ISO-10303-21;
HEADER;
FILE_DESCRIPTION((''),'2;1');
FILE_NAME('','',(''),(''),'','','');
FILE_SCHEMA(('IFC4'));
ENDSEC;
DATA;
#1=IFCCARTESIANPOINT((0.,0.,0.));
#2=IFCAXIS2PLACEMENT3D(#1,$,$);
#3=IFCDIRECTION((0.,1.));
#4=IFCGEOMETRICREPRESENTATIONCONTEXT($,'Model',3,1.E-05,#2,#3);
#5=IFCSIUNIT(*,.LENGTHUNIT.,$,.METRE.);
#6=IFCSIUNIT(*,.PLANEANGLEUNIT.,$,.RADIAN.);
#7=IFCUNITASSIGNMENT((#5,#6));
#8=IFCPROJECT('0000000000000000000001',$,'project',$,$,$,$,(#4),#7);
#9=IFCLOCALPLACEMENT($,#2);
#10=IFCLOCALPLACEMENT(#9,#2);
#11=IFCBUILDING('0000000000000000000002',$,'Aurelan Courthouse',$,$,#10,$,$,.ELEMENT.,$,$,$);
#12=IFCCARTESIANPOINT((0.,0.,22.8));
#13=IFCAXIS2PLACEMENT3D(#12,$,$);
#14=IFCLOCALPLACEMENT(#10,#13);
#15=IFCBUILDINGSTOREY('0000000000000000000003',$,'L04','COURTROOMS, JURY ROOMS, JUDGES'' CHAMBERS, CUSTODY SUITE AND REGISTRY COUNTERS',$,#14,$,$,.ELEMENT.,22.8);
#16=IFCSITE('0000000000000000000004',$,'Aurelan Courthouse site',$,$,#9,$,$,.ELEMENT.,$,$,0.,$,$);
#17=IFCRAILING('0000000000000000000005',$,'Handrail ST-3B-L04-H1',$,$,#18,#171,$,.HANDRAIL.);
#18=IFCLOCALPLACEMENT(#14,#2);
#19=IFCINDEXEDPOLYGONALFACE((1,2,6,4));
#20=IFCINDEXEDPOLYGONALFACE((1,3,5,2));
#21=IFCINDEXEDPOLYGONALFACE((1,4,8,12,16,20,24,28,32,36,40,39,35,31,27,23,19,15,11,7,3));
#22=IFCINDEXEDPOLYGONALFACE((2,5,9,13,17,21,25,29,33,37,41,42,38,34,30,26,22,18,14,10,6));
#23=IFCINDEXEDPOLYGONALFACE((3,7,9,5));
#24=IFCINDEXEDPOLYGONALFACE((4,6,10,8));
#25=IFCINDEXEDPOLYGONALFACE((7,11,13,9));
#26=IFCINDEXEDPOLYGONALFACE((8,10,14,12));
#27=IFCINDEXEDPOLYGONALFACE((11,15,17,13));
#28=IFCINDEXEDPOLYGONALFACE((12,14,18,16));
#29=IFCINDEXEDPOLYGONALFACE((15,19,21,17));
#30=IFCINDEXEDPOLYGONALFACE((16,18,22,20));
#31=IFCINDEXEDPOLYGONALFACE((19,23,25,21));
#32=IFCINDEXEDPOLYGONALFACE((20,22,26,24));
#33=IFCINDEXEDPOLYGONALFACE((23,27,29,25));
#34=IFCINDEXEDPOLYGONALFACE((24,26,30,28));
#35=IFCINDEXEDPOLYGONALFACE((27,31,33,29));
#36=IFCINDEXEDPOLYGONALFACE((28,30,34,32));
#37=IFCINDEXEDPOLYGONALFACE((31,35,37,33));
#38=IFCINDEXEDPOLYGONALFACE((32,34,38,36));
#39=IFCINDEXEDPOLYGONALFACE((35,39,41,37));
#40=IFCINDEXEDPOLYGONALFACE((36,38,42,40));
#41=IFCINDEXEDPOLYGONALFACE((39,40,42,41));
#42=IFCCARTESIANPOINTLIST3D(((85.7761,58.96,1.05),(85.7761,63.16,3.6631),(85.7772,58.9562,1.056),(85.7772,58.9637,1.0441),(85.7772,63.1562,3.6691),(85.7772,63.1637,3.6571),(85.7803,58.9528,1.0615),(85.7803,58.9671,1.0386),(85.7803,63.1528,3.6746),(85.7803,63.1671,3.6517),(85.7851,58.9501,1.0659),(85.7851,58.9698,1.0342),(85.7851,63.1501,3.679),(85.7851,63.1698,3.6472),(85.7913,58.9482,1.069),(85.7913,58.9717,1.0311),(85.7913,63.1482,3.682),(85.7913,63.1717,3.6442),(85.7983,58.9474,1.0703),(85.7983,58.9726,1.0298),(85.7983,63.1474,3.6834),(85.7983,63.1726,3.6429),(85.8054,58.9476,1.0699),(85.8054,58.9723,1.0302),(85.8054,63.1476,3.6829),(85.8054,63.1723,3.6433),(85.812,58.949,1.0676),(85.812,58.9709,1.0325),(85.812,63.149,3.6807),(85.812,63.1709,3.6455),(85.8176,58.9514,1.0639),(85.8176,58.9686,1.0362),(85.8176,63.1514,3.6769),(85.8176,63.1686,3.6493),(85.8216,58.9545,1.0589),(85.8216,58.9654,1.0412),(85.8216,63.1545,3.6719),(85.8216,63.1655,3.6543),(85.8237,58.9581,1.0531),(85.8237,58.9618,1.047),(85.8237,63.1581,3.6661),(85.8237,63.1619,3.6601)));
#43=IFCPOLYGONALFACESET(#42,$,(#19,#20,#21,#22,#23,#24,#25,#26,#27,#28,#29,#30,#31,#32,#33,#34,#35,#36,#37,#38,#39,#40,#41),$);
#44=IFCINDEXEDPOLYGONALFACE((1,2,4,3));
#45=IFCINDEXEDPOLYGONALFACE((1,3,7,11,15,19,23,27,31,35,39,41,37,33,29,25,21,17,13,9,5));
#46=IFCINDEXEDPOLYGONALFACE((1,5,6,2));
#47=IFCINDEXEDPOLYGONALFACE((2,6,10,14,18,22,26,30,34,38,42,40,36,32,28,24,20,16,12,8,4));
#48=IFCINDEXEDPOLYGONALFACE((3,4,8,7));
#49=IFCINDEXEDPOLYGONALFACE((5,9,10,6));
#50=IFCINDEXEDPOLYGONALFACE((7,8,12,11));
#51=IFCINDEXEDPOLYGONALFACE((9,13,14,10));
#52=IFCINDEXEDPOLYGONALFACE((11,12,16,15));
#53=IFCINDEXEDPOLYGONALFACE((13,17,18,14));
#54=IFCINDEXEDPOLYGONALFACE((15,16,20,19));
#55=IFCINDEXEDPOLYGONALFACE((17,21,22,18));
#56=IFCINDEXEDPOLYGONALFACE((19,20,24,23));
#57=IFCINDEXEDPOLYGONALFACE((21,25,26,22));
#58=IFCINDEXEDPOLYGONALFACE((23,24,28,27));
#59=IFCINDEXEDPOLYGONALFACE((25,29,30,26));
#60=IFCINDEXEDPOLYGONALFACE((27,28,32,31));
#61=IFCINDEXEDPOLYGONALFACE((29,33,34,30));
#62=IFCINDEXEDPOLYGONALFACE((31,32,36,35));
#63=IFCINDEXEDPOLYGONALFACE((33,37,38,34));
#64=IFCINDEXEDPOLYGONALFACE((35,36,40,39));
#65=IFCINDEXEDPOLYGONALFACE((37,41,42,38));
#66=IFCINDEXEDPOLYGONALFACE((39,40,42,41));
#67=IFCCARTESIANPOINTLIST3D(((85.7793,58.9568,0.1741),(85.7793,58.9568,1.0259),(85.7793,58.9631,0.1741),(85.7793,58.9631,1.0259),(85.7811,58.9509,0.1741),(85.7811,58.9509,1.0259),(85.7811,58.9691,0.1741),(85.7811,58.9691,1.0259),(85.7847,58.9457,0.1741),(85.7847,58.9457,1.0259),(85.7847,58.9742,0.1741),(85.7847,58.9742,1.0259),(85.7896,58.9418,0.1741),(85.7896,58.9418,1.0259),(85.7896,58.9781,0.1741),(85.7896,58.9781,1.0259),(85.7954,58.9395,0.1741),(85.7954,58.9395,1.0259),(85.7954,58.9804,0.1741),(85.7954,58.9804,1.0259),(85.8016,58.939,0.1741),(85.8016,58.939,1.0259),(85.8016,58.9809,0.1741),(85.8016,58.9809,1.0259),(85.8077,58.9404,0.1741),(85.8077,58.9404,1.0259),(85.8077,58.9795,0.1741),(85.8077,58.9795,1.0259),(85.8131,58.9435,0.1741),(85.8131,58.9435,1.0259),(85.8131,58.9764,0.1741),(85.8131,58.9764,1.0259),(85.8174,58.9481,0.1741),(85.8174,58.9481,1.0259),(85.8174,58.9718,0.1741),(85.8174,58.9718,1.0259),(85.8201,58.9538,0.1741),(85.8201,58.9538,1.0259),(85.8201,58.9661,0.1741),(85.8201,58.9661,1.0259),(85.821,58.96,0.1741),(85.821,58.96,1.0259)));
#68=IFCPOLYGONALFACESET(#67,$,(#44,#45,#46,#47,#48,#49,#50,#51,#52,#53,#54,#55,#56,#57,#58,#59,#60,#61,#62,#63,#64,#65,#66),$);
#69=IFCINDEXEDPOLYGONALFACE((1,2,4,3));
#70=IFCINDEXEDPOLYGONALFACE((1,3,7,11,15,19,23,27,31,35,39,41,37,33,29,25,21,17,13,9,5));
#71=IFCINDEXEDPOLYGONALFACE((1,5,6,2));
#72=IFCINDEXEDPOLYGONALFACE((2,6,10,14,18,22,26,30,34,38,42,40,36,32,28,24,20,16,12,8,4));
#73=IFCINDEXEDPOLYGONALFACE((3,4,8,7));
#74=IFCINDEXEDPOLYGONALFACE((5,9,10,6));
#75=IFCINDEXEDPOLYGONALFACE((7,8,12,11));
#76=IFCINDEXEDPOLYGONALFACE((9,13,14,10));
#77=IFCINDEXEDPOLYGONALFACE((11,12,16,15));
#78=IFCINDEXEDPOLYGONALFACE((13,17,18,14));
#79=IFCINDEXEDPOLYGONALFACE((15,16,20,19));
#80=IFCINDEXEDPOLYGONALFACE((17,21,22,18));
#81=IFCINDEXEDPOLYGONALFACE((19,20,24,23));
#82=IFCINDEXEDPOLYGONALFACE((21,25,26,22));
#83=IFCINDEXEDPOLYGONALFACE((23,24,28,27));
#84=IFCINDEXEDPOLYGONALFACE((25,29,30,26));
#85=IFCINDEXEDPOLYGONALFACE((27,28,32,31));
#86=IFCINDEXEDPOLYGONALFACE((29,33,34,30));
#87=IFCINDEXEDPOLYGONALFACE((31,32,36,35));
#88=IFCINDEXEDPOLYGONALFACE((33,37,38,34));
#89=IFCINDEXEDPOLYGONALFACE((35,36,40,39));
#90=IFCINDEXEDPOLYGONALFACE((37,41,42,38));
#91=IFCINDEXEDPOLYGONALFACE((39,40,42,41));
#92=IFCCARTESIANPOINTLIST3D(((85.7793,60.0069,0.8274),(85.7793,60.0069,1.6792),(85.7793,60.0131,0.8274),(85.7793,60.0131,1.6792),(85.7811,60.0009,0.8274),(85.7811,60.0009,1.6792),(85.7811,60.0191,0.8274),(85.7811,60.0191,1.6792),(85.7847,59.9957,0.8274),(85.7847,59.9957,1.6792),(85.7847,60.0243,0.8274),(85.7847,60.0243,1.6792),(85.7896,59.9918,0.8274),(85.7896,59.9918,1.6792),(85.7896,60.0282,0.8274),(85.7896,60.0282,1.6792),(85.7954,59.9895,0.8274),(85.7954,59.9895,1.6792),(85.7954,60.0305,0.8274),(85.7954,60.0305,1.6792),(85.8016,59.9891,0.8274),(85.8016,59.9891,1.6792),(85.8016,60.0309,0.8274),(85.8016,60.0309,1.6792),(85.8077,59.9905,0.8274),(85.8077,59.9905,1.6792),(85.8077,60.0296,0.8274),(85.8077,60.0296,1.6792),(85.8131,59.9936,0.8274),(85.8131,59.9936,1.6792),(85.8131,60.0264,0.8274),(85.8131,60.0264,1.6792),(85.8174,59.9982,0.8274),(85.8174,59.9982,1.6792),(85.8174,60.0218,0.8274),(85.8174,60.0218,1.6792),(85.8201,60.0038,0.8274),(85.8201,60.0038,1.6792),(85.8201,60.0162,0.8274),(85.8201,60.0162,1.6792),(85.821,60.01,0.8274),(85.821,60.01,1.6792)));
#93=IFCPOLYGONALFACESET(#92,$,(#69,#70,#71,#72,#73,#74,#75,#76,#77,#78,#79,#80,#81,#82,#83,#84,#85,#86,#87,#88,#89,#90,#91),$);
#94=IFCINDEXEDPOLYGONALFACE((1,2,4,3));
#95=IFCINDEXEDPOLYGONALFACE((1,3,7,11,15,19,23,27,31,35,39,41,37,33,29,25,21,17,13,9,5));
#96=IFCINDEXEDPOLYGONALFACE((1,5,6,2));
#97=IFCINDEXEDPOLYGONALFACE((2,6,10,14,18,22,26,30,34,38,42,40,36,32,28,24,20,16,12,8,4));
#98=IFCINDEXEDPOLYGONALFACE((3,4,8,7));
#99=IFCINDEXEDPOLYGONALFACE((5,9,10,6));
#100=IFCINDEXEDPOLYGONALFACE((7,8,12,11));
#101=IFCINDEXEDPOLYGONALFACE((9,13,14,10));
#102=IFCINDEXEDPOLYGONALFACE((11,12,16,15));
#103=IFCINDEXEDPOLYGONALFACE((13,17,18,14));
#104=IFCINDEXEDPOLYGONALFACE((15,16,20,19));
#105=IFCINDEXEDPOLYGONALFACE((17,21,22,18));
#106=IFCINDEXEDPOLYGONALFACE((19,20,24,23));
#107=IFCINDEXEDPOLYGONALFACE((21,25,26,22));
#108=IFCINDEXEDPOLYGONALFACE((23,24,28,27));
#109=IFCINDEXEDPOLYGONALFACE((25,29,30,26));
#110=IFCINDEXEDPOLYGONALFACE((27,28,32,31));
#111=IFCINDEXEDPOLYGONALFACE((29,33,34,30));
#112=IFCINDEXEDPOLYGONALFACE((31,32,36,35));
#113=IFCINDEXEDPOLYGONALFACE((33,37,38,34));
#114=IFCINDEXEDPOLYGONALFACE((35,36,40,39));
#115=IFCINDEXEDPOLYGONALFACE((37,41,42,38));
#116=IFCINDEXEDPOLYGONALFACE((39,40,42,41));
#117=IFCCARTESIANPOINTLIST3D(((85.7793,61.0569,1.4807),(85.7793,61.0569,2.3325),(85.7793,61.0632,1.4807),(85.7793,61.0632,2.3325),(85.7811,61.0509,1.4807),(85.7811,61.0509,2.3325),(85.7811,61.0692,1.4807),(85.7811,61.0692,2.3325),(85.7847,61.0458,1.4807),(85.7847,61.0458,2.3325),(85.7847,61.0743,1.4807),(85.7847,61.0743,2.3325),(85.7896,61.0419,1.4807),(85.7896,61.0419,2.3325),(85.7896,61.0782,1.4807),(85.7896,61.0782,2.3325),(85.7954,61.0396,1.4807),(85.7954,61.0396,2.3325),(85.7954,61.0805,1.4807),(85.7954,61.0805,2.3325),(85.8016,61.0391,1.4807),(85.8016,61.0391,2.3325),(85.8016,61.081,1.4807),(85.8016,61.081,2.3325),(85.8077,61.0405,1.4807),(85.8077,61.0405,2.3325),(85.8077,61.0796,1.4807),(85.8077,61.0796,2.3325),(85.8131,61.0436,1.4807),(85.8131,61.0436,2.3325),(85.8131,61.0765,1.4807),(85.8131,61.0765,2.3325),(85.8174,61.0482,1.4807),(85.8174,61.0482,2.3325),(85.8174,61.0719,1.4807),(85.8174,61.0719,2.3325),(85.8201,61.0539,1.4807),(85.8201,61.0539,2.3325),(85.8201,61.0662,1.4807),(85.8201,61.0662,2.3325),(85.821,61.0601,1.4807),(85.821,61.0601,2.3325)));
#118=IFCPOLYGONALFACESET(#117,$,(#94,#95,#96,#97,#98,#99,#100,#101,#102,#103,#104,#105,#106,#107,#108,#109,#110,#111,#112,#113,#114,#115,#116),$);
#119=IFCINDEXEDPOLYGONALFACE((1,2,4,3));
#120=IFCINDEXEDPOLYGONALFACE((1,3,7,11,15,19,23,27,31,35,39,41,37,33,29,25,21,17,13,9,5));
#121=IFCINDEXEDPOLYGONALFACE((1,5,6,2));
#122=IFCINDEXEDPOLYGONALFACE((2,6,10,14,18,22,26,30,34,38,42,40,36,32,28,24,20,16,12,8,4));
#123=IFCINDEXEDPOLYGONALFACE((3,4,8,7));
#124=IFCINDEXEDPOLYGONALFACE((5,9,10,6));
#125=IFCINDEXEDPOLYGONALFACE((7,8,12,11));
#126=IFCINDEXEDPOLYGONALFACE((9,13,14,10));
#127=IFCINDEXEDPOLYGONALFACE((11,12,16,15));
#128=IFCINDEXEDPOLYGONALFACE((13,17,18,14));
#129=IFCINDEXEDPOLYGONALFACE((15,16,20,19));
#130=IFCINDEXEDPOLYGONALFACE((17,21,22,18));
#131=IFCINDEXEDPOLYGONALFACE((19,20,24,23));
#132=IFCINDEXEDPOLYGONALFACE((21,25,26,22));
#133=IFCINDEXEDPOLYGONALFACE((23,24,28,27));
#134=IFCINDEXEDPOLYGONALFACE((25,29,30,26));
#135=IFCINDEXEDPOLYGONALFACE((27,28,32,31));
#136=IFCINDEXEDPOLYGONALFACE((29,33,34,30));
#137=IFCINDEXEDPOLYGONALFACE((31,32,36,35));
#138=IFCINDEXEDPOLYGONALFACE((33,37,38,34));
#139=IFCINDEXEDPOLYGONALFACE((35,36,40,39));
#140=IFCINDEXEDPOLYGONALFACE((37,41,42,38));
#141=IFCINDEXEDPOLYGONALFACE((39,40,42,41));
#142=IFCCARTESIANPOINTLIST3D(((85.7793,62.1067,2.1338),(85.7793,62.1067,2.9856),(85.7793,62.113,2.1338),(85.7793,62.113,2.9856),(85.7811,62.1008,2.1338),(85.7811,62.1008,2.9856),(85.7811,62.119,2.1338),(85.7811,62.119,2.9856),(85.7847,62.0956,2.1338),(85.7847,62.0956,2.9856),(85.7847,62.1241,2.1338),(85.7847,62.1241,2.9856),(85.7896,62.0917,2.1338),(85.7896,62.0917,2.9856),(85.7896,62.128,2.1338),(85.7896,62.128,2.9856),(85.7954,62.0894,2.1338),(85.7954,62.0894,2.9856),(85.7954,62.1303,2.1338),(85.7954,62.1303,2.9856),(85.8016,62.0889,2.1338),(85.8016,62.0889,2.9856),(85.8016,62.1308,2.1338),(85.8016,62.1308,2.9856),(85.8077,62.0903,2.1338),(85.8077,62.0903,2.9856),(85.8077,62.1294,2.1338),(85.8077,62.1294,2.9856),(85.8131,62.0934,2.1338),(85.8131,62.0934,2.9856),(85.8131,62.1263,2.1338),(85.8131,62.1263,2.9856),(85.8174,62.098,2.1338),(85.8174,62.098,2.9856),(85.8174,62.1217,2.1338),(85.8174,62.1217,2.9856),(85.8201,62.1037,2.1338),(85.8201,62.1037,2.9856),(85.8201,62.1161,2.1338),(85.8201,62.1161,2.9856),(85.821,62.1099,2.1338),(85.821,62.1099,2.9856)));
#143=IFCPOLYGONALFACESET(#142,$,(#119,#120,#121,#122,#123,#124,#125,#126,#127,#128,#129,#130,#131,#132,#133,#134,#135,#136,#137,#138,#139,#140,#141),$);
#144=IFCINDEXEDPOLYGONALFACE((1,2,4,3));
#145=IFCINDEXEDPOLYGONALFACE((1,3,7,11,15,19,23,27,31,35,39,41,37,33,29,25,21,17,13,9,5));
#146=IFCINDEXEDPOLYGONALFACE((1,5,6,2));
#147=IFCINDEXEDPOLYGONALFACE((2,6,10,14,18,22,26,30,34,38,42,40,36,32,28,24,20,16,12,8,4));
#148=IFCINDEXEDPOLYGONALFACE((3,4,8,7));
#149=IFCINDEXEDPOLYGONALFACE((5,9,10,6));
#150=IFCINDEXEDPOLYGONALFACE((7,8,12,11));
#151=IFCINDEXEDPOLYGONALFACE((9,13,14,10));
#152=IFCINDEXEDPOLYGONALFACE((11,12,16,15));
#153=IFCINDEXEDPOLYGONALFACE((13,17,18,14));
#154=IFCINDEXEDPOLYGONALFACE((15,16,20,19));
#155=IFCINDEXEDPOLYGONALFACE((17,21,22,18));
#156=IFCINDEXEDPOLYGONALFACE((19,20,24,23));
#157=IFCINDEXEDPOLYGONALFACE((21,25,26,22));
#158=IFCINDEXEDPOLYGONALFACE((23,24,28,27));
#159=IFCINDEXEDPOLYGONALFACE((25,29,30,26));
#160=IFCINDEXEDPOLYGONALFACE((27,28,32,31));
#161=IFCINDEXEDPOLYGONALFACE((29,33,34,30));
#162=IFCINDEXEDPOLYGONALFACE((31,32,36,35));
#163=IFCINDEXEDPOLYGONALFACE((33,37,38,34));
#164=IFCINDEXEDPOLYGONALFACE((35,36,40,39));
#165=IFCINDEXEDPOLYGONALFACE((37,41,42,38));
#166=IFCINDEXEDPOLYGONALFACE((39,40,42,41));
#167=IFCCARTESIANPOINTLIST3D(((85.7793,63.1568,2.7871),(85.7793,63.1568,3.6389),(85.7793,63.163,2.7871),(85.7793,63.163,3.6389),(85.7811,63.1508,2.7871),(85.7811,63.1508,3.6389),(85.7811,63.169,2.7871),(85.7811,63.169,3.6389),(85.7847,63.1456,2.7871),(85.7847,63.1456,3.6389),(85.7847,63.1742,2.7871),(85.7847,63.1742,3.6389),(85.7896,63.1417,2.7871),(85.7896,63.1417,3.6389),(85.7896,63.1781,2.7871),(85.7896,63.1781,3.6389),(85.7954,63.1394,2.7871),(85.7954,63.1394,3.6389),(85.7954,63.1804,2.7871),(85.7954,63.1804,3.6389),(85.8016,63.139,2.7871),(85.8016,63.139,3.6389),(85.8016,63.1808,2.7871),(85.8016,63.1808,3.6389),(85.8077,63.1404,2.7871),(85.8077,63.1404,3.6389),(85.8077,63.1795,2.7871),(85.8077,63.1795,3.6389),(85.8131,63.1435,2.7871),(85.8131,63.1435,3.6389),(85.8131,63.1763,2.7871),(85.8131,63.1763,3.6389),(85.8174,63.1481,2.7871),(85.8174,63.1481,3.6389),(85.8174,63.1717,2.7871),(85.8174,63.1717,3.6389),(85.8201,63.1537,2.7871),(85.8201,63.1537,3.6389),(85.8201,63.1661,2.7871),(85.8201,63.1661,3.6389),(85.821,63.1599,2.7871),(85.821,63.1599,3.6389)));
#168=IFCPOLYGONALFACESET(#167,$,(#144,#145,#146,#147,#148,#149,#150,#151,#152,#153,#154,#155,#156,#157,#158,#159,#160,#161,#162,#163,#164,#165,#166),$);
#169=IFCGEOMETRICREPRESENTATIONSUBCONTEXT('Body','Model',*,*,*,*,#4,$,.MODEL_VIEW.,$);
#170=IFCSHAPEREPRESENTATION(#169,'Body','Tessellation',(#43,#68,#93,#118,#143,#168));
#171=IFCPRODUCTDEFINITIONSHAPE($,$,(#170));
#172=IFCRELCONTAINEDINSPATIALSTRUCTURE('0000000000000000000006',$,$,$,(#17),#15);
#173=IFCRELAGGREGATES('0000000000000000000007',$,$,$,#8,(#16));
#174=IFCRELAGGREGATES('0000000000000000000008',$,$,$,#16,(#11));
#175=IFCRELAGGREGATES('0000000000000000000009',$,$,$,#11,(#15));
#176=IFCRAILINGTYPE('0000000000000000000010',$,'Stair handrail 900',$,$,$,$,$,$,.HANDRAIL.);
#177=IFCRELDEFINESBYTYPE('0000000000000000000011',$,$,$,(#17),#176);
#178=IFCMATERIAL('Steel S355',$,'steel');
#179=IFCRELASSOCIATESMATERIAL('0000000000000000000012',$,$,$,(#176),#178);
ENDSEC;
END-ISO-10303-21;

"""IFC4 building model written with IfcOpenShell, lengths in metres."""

from ifc_helpers import new_model, si_unit, direction, frame, origin, origin_2d, place, context, subcontext, project, spatial, circle, extrude, material, type_object, element, save


model = new_model("IFC4")

# Units and contexts
model_context = context("Model", 3, precision=1e-05, world=origin(), true_north=direction((0.0, 1.0)))
body_context = subcontext(model_context, "Body", "Model", "MODEL_VIEW")
ifc_project = project(units=[si_unit("LENGTHUNIT", "METRE"), si_unit("PLANEANGLEUNIT", "RADIAN")], contexts=[model_context])

# Site, building, storey
site_placement = place(None, origin())
site = spatial("IfcSite", under=ifc_project, at=site_placement, Name="Aurelan Courthouse site", CompositionType="ELEMENT", RefElevation=0.0)
building_placement = place(site_placement, origin())
building = spatial("IfcBuilding", under=site, at=building_placement, Name="Aurelan Courthouse", CompositionType="ELEMENT")
storey_placement = place(building_placement, frame((0.0, 0.0, 22.8)))
storey = spatial("IfcBuildingStorey", under=building, at=storey_placement, Name="L04", Description="COURTROOMS, JURY ROOMS, JUDGES' CHAMBERS, CUSTODY SUITE AND REGISTRY COUNTERS", CompositionType="ELEMENT", Elevation=22.8)

# Railing
ifc_material_1 = material(Name="Steel S355", Category="steel")
railing_type_1 = type_object("IfcRailingType", Name="Stair handrail 900", PredefinedType="HANDRAIL", material=ifc_material_1)
railing_1_placement = place(storey_placement, frame((85.8, 58.96, 0.1741)))
element("IfcRailing", 1, at=railing_1_placement, inside=storey, type_object=railing_type_1, Name="Handrail ST-3B-L04-H1", PredefinedType="HANDRAIL", context=body_context, shape_type="SweptSolid", body=[
    extrude(circle(Radius=0.0239, at=origin_2d()), frame((0.0, 0.0, 0.876), z_axis=(0.0, 0.849081, 0.528263), x_axis=(-1.0, 0.0, 0.0)), (0.0, 0.0, 1.0), 4.9465),
    extrude(circle(Radius=0.021, at=origin_2d()), origin(), (0.0, 0.0, 1.0), 0.8518),
    extrude(circle(Radius=0.021, at=origin_2d()), frame((0.0, 1.05, 0.6533)), (0.0, 0.0, 1.0), 0.8518),
    extrude(circle(Radius=0.021, at=origin_2d()), frame((0.0, 2.1001, 1.3066)), (0.0, 0.0, 1.0), 0.8518),
    extrude(circle(Radius=0.021, at=origin_2d()), frame((0.0, 3.1499, 1.9597)), (0.0, 0.0, 1.0), 0.8518),
    extrude(circle(Radius=0.021, at=origin_2d()), frame((0.0, 4.2, 2.613)), (0.0, 0.0, 1.0), 0.8518),
])

save(model, "model.ifc")
